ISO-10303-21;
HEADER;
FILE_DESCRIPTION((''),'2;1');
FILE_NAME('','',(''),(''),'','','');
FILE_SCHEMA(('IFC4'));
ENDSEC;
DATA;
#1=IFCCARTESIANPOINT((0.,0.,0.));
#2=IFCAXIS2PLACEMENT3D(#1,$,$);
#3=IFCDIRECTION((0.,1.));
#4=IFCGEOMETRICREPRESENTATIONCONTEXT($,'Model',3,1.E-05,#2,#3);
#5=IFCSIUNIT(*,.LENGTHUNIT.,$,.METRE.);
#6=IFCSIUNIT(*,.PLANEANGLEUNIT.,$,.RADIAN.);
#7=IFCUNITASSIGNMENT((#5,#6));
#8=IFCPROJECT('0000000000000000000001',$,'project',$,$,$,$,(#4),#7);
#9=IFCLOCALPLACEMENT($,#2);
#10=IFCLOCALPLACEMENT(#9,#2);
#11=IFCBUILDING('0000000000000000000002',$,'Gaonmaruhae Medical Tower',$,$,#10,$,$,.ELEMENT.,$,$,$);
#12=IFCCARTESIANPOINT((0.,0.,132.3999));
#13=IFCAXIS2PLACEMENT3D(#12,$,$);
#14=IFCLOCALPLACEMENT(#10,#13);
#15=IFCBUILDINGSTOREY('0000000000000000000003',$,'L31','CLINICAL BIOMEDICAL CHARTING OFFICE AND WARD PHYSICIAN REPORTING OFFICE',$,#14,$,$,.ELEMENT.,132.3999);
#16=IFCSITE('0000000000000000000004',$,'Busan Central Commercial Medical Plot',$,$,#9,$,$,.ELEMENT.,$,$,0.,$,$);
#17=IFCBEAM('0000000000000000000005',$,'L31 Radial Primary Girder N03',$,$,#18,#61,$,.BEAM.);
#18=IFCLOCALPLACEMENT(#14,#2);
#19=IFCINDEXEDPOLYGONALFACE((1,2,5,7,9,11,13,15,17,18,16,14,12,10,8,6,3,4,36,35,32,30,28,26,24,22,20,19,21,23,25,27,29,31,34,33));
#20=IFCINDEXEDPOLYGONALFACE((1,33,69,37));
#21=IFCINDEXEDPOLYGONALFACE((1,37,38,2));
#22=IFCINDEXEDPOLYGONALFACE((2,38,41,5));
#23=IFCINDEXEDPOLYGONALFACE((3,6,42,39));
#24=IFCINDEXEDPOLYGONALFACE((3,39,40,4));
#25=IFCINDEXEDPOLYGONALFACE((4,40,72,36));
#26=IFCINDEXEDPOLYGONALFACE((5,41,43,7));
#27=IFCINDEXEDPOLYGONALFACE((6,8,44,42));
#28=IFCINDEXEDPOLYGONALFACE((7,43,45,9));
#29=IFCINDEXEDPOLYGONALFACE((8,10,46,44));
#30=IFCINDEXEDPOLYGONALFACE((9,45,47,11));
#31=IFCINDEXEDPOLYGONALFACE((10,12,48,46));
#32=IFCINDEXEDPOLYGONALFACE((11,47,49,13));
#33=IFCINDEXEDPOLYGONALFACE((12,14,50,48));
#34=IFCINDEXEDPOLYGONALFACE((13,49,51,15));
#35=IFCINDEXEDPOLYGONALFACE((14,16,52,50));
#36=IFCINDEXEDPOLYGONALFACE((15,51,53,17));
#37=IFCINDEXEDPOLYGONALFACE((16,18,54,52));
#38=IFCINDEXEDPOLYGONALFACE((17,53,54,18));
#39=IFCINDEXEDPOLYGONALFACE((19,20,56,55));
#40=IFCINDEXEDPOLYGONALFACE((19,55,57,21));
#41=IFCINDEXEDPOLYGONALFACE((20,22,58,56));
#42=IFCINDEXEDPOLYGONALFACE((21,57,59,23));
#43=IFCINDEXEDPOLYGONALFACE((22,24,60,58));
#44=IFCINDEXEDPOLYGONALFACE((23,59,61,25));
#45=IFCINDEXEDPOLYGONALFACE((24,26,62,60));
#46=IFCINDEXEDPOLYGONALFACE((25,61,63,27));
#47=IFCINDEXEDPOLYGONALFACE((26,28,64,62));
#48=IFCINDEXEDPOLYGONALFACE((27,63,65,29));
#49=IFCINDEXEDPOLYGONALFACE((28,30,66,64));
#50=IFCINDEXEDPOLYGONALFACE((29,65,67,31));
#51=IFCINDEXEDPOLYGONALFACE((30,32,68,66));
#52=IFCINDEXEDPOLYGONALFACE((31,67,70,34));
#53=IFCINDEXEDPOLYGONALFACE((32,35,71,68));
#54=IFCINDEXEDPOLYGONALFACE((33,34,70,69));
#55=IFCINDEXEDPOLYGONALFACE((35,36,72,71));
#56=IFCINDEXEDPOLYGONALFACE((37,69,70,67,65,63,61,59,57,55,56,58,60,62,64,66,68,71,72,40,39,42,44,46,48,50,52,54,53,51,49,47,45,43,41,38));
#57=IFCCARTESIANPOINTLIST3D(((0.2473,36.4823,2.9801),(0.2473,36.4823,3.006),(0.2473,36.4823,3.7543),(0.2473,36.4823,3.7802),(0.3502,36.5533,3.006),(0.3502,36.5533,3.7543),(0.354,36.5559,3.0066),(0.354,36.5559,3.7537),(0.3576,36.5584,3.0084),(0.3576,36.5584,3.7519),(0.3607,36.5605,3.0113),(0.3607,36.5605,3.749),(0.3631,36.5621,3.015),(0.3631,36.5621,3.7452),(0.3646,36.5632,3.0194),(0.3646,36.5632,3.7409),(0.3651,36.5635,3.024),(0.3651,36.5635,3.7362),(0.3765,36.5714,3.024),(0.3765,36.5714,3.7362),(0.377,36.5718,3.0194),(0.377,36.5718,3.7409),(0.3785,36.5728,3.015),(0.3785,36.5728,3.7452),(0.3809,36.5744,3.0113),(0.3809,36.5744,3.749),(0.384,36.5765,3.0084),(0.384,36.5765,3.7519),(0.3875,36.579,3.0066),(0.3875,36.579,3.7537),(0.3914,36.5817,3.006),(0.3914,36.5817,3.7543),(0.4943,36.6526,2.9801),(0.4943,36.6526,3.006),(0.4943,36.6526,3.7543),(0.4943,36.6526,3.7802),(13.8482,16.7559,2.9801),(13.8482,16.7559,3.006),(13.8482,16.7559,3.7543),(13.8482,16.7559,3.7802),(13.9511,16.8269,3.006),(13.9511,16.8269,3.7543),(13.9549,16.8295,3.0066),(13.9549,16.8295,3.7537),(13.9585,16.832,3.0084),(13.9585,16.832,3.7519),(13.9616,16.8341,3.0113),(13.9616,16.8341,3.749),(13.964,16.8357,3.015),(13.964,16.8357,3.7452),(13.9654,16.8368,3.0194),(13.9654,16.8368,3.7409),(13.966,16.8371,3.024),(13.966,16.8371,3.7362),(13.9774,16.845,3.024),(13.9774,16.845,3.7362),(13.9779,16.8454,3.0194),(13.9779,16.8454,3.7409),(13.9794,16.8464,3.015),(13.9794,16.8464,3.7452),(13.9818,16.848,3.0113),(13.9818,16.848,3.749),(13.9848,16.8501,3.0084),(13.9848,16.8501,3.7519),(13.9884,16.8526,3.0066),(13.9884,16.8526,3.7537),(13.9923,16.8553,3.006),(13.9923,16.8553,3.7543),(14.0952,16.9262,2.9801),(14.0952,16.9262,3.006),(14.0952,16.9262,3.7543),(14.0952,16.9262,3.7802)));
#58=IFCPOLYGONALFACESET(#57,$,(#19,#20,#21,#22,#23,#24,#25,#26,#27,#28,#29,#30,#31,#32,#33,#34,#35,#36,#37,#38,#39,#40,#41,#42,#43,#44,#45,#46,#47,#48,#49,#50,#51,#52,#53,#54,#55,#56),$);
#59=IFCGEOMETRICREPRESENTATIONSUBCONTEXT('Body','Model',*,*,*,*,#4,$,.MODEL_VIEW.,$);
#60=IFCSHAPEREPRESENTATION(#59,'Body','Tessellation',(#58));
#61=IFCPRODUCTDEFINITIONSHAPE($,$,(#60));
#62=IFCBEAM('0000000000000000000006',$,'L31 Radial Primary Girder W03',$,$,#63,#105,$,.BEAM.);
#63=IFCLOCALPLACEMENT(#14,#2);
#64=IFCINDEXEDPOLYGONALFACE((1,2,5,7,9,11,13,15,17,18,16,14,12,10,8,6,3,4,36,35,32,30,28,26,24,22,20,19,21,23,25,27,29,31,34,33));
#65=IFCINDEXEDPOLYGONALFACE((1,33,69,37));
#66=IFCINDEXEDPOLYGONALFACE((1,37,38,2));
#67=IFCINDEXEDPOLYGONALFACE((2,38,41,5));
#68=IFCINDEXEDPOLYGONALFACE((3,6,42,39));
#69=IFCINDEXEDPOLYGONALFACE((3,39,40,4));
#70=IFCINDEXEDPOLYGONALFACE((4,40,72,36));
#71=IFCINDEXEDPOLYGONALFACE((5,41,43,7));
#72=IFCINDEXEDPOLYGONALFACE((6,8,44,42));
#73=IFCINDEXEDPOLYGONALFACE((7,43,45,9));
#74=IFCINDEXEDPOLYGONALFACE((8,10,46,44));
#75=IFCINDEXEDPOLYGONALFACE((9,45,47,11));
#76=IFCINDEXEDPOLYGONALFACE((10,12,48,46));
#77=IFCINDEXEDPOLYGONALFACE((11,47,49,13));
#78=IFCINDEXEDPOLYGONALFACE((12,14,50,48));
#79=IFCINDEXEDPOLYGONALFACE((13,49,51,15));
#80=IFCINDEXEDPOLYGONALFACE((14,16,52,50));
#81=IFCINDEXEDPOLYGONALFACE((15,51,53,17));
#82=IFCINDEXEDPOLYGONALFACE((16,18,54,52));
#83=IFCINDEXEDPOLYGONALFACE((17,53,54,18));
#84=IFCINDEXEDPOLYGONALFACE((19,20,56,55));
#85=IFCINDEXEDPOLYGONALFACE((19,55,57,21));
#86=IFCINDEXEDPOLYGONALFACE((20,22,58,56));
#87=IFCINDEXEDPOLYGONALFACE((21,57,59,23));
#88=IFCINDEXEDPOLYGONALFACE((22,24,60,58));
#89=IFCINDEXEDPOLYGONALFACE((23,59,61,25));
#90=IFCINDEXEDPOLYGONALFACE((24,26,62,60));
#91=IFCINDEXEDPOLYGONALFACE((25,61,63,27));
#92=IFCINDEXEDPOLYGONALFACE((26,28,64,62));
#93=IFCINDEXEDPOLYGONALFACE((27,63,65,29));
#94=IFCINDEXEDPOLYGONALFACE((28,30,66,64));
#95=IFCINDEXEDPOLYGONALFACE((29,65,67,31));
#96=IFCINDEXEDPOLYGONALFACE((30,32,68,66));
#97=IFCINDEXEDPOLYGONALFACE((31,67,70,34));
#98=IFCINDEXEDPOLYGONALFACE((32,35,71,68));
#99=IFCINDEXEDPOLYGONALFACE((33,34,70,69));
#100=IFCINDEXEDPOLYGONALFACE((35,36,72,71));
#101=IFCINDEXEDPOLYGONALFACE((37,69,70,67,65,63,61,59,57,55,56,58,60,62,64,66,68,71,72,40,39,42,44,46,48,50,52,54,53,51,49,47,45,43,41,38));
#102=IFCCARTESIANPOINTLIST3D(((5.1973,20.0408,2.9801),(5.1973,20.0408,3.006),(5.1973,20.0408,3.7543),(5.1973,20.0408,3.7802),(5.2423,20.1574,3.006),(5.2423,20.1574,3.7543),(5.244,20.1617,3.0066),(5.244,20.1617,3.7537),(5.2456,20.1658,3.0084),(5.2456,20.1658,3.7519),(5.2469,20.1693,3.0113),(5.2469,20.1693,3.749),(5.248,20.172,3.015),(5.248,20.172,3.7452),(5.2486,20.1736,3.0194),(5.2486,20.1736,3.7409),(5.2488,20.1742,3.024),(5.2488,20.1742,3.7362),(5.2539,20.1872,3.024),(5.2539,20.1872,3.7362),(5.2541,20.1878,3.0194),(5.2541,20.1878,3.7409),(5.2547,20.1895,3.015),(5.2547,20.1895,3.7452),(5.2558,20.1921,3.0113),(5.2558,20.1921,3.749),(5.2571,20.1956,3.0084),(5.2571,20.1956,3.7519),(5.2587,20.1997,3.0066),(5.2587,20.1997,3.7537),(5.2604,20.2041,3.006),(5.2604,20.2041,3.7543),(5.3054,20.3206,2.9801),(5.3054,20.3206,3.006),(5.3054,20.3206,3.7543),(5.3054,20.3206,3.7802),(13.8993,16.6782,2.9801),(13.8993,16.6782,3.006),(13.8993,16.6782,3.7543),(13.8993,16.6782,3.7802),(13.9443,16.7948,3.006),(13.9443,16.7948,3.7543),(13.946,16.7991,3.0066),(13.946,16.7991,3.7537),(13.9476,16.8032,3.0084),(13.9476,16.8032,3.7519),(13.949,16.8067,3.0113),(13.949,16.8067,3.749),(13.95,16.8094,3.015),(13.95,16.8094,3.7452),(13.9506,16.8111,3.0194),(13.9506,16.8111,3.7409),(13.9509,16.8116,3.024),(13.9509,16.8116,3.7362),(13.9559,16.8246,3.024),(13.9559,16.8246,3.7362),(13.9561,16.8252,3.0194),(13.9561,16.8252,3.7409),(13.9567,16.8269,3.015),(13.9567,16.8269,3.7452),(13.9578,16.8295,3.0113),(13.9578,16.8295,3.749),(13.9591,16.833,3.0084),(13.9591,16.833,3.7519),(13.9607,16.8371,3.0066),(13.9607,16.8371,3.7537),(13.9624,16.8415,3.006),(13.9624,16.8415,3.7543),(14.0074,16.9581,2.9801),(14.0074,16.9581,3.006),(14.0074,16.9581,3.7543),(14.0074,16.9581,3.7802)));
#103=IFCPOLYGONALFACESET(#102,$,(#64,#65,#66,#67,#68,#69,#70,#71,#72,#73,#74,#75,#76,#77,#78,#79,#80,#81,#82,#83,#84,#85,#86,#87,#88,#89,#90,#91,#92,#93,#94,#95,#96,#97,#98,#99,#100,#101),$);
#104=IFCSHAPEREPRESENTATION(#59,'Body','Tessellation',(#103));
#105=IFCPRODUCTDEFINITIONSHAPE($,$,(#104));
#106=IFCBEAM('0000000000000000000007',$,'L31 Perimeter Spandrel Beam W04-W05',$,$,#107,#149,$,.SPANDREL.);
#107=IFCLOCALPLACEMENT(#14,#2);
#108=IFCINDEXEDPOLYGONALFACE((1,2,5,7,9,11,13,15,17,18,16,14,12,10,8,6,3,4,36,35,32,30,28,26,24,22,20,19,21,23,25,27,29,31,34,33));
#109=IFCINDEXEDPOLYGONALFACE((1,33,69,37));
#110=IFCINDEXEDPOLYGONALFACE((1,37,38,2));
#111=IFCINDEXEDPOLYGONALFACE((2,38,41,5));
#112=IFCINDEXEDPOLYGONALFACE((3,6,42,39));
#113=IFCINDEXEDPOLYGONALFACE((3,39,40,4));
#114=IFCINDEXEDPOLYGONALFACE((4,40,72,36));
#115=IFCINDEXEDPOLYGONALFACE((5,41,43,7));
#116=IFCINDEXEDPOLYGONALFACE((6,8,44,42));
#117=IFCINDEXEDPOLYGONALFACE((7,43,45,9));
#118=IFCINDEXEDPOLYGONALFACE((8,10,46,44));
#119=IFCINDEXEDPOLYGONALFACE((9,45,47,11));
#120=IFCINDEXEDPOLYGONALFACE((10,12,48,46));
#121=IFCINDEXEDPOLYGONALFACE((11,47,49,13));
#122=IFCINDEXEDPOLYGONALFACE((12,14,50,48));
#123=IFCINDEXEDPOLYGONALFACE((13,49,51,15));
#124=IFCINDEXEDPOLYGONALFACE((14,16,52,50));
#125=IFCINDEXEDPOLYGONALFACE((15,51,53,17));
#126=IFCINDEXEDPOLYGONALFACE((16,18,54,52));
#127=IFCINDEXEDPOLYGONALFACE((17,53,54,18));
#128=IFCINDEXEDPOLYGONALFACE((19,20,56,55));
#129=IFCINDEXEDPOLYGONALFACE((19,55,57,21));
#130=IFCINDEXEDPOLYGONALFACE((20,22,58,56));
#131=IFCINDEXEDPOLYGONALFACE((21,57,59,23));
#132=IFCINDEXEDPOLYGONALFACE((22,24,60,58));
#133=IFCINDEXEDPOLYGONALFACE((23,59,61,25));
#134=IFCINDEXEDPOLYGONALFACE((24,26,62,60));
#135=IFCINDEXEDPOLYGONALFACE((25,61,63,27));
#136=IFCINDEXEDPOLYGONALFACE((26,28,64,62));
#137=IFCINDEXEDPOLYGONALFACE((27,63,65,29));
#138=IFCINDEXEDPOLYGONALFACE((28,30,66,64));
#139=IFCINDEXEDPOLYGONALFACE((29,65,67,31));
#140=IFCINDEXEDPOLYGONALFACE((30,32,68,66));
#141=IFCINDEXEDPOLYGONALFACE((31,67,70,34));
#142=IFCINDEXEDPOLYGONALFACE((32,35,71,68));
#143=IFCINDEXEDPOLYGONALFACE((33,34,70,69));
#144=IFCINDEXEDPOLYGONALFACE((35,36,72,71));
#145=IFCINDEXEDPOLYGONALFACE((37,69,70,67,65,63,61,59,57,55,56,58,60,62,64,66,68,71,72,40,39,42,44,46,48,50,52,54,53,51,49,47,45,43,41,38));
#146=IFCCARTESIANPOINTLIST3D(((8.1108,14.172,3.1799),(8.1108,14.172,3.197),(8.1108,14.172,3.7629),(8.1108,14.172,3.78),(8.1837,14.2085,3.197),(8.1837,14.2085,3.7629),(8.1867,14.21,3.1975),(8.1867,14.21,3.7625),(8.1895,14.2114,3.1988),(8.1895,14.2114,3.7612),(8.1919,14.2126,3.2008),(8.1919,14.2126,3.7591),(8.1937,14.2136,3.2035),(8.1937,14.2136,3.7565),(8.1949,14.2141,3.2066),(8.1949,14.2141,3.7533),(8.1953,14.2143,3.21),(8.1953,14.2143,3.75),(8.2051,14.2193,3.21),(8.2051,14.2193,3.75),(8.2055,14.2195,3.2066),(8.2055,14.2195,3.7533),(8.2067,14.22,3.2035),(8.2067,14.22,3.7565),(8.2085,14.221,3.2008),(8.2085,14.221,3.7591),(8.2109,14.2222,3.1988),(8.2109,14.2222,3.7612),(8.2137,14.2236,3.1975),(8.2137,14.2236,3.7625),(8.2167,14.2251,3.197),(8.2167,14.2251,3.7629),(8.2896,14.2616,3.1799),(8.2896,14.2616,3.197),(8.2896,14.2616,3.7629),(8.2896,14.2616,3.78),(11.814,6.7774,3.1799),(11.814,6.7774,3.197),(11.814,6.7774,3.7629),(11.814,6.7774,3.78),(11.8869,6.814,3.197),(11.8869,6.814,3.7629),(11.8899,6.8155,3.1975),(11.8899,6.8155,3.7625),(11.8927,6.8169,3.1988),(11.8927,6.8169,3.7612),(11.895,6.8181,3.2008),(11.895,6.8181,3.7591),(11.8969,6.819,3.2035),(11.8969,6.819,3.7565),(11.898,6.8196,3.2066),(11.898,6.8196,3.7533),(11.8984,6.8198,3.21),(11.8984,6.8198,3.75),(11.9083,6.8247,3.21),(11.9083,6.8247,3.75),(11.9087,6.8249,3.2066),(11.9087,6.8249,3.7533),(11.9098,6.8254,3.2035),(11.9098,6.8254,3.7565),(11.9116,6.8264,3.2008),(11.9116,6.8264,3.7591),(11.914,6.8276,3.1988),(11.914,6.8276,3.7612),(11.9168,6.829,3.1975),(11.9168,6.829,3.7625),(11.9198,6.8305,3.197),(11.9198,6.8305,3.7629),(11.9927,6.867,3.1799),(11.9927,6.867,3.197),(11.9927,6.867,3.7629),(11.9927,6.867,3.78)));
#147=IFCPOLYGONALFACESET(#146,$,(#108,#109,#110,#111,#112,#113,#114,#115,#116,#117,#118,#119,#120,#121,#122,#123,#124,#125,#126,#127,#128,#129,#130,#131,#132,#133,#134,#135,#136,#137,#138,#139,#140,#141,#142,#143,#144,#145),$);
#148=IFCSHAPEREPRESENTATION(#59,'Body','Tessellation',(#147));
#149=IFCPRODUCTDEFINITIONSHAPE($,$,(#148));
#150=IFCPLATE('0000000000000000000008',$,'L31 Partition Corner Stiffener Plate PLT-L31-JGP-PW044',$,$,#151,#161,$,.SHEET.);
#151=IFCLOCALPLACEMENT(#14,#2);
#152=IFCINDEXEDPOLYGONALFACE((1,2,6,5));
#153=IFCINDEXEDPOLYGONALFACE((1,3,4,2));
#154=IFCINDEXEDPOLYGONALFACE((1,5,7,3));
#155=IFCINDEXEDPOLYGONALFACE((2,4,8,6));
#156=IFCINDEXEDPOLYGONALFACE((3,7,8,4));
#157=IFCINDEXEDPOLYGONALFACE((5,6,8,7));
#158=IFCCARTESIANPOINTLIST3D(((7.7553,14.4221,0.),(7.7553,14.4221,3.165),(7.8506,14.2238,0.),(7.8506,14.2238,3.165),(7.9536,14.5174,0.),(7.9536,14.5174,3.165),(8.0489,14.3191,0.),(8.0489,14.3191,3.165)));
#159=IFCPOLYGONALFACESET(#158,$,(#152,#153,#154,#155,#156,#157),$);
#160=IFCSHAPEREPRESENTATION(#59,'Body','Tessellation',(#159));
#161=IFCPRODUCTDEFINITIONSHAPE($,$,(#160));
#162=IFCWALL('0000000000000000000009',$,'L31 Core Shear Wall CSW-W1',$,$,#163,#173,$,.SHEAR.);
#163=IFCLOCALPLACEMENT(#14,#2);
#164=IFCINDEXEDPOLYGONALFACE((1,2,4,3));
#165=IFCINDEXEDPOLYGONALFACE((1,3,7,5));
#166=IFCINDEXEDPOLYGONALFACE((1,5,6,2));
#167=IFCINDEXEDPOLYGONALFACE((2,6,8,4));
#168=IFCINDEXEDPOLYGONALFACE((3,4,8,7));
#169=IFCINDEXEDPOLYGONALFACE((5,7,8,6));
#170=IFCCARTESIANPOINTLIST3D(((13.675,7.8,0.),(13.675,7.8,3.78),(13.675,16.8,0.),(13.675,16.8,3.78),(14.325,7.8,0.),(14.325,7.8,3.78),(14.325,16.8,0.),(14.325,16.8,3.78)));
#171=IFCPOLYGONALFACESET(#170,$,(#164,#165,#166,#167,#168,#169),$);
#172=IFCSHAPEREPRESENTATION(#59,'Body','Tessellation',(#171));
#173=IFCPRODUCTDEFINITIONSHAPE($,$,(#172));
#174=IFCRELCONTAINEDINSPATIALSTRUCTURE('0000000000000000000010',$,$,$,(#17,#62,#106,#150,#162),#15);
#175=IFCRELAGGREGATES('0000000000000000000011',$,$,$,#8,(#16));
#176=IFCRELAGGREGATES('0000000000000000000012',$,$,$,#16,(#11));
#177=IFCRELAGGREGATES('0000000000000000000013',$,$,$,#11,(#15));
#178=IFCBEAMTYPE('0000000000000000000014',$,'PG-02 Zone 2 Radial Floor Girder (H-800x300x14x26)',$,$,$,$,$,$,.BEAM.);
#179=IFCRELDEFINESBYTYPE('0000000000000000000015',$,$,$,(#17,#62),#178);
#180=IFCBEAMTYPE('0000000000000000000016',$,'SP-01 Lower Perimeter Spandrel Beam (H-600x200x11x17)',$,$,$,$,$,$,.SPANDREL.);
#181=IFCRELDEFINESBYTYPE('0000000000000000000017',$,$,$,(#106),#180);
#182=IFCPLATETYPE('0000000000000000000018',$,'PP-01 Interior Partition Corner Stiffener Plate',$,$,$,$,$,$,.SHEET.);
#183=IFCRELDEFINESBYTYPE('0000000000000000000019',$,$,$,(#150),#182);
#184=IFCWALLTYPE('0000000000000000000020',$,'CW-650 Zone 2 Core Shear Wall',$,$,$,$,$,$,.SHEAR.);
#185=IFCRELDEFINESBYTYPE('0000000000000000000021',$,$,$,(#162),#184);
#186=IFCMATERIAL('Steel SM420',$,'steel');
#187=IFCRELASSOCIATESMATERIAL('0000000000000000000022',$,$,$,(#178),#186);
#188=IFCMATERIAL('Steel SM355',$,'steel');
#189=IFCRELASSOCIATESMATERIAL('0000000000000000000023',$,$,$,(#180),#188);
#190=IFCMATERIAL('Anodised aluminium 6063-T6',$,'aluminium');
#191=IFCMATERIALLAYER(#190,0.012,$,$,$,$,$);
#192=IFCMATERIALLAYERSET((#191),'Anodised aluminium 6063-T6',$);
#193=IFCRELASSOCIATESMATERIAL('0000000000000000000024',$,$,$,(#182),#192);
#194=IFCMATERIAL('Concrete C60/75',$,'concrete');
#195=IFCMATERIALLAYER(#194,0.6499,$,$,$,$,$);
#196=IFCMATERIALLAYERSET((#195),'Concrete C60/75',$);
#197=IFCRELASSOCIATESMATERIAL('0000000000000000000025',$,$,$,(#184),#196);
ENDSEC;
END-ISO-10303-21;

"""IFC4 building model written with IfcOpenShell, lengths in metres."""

from ifc_helpers import new_model, si_unit, direction, frame, frame_2d, origin, origin_2d, place, context, subcontext, project, spatial, rectangle, i_section, extrude, material, layer, layer_set, material_profile, profile_set, type_object, element, save


model = new_model("IFC4")

# Units and contexts
model_context = context("Model", 3, precision=1e-05, world=origin(), true_north=direction((0.0, 1.0)))
body_context = subcontext(model_context, "Body", "Model", "MODEL_VIEW")
ifc_project = project(units=[si_unit("LENGTHUNIT", "METRE"), si_unit("PLANEANGLEUNIT", "RADIAN")], contexts=[model_context])

# Site, building, storey
site_placement = place(None, origin())
site = spatial("IfcSite", under=ifc_project, at=site_placement, Name="Busan Central Commercial Medical Plot", CompositionType="ELEMENT", RefElevation=0.0)
building_placement = place(site_placement, origin())
building = spatial("IfcBuilding", under=site, at=building_placement, Name="Gaonmaruhae Medical Tower", CompositionType="ELEMENT")
storey_placement = place(building_placement, frame((0.0, 0.0, 132.3999)))
storey = spatial("IfcBuildingStorey", under=building, at=storey_placement, Name="L31", Description="CLINICAL BIOMEDICAL CHARTING OFFICE AND WARD PHYSICIAN REPORTING OFFICE", CompositionType="ELEMENT", Elevation=132.3999)

# Shared definitions
ifc_material_1 = material(Name="Concrete C60/75", Category="concrete")

# Beams
ifc_material_2 = material(Name="Steel SM420", Category="steel")
ifc_material_profile_1 = material_profile(ifc_material_2, i_section(OverallWidth=0.3, OverallDepth=0.8, WebThickness=0.0139, FlangeThickness=0.0259, FilletRadius=0.0181, at=origin_2d()), Name="H-800x300x14x26")
ifc_profile_set_1 = profile_set([ifc_material_profile_1], Name="Steel SM420")
beam_type_1 = type_object("IfcBeamType", Name="PG-02 Zone 2 Radial Floor Girder (H-800x300x14x26)", PredefinedType="BEAM", material=ifc_profile_set_1)
beam_1_placement = place(storey_placement, frame((13.9717, 16.8411, 3.3801), z_axis=(-0.567633, 0.823282, 0.0), x_axis=(-0.823282, -0.567633, 0.0)))
element("IfcBeam", 1, at=beam_1_placement, inside=storey, type_object=beam_type_1, Name="L31 Radial Primary Girder N03", PredefinedType="BEAM", context=body_context, shape_type="SweptSolid", body=[
    extrude(i_section(OverallWidth=0.3, OverallDepth=0.8, WebThickness=0.0139, FlangeThickness=0.0259, FilletRadius=0.0181, at=origin_2d()), origin(), (0.0, 0.0, 1.0), 23.9607),
])
beam_2_placement = place(storey_placement, frame((13.9534, 16.8181, 3.3801), z_axis=(-0.932782, 0.360441, 0.0), x_axis=(-0.360441, -0.932782, 0.0)))
element("IfcBeam", 2, at=beam_2_placement, inside=storey, type_object=beam_type_1, Name="L31 Radial Primary Girder W03", PredefinedType="BEAM", context=body_context, shape_type="SweptSolid", body=[
    extrude(i_section(OverallWidth=0.3, OverallDepth=0.8, WebThickness=0.0139, FlangeThickness=0.0259, FilletRadius=0.0181, at=origin_2d()), origin(), (0.0, 0.0, 1.0), 9.3291),
])
ifc_material_3 = material(Name="Steel SM355", Category="steel")
ifc_material_profile_2 = material_profile(ifc_material_3, i_section(OverallWidth=0.2, OverallDepth=0.6001, WebThickness=0.011, FlangeThickness=0.0171, FilletRadius=0.0129, at=origin_2d()), Name="H-600x200x11x17")
ifc_profile_set_2 = profile_set([ifc_material_profile_2], Name="Steel SM355")
beam_type_2 = type_object("IfcBeamType", Name="SP-01 Lower Perimeter Spandrel Beam (H-600x200x11x17)", PredefinedType="SPANDREL", material=ifc_profile_set_2)
beam_3_placement = place(storey_placement, frame((8.2002, 14.2168, 3.48), z_axis=(0.44778, -0.894144, 0.0), x_axis=(0.894144, 0.44778, 0.0)))
element("IfcBeam", 3, at=beam_3_placement, inside=storey, type_object=beam_type_2, Name="L31 Perimeter Spandrel Beam W04-W05", PredefinedType="SPANDREL", context=body_context, shape_type="SweptSolid", body=[
    extrude(i_section(OverallWidth=0.2, OverallDepth=0.6001, WebThickness=0.011, FlangeThickness=0.0171, FilletRadius=0.0129, at=origin_2d()), origin(), (0.0, 0.0, 1.0), 8.27),
])

# Plate
ifc_material_4 = material(Name="Anodised aluminium 6063-T6", Category="aluminium")
ifc_layer_1 = layer(ifc_material_4, 0.012)
ifc_layer_set_1 = layer_set([ifc_layer_1], Name="Anodised aluminium 6063-T6")
plate_type = type_object("IfcPlateType", Name="PP-01 Interior Partition Corner Stiffener Plate", PredefinedType="SHEET", material=ifc_layer_set_1)
plate_placement = place(storey_placement, frame((7.9021, 14.3706, 0.0), z_axis=(0.0, 0.0, 1.0), x_axis=(-0.433061, 0.901364, 0.0)))
element("IfcPlate", 4, at=plate_placement, inside=storey, type_object=plate_type, Name="L31 Partition Corner Stiffener Plate PLT-L31-JGP-PW044", PredefinedType="SHEET", context=body_context, shape_type="SweptSolid", body=[
    extrude(rectangle(XDim=0.22, YDim=0.22, at=origin_2d()), origin(), (0.0, 0.0, 1.0), 3.165),
])

# Wall
ifc_layer_2 = layer(ifc_material_1, 0.6499)
ifc_layer_set_2 = layer_set([ifc_layer_2], Name="Concrete C60/75")
wall_type_1 = type_object("IfcWallType", Name="CW-650 Zone 2 Core Shear Wall", PredefinedType="SHEAR", material=ifc_layer_set_2)
wall_1_placement = place(storey_placement, frame((14.0, 16.8, 0.0), z_axis=(0.0, 0.0, 1.0), x_axis=(0.0, -1.0, 0.0)))
element("IfcWall", 5, at=wall_1_placement, inside=storey, type_object=wall_type_1, Name="L31 Core Shear Wall CSW-W1", PredefinedType="SHEAR", context=body_context, shape_type="SweptSolid", body=[
    extrude(rectangle(XDim=9.0, YDim=0.6499, at=frame_2d((4.5, 0.0))), origin(), (0.0, 0.0, 1.0), 3.78),
])

save(model, "model.ifc")
